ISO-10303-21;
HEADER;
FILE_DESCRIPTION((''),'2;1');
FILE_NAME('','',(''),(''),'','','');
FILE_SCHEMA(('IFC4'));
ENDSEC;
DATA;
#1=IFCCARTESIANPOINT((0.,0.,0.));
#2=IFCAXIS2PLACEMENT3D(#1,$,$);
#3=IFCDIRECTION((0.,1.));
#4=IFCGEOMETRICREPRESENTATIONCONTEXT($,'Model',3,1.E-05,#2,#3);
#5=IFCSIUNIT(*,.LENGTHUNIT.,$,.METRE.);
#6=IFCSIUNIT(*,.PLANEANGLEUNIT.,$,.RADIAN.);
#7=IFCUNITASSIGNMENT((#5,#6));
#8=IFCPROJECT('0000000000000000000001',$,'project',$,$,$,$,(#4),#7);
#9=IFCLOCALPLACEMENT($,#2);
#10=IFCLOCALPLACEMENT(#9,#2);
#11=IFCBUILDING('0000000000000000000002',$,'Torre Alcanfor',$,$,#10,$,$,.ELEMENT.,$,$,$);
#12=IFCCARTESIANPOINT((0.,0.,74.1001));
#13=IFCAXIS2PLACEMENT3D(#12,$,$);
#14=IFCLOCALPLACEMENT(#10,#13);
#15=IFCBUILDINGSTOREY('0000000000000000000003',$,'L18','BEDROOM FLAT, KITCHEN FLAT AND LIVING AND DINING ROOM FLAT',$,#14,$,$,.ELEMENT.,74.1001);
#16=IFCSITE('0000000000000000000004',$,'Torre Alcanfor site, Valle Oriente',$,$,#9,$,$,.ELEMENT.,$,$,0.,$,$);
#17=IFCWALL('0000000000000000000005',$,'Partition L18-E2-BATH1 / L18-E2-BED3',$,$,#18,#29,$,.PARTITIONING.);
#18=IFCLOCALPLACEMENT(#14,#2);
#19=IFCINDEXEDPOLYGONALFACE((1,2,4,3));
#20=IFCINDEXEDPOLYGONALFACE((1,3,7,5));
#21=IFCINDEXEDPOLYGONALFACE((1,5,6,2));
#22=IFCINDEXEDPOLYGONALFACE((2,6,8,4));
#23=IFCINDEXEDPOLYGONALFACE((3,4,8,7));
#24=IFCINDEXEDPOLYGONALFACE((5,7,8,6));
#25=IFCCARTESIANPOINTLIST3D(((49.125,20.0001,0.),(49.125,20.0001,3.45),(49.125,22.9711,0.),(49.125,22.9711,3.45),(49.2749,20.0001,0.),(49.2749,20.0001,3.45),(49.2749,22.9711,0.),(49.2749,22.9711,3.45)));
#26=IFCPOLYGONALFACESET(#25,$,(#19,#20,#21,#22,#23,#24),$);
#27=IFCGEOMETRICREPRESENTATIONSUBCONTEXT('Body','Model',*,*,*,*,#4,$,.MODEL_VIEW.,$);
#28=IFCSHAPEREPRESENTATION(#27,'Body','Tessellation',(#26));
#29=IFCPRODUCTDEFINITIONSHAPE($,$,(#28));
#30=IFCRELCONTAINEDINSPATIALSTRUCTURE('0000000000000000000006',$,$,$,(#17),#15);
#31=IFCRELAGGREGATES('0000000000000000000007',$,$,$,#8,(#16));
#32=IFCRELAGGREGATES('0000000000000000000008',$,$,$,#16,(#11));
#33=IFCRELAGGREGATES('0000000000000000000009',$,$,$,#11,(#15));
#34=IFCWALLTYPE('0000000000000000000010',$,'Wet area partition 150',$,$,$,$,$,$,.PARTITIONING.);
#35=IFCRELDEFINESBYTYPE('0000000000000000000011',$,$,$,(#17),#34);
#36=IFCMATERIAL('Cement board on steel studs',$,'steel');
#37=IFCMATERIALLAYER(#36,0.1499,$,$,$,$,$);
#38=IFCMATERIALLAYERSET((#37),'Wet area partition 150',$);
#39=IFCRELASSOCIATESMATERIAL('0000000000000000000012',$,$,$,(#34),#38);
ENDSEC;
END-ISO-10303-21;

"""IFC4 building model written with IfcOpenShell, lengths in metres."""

from ifc_helpers import new_model, si_unit, direction, frame, frame_2d, origin, place, context, subcontext, project, spatial, rectangle, extrude, material, layer, layer_set, type_object, element, save


model = new_model("IFC4")

# Units and contexts
model_context = context("Model", 3, precision=1e-05, world=origin(), true_north=direction((0.0, 1.0)))
body_context = subcontext(model_context, "Body", "Model", "MODEL_VIEW")
ifc_project = project(units=[si_unit("LENGTHUNIT", "METRE"), si_unit("PLANEANGLEUNIT", "RADIAN")], contexts=[model_context])

# Site, building, storey
site_placement = place(None, origin())
site = spatial("IfcSite", under=ifc_project, at=site_placement, Name="Torre Alcanfor site, Valle Oriente", CompositionType="ELEMENT", RefElevation=0.0)
building_placement = place(site_placement, origin())
building = spatial("IfcBuilding", under=site, at=building_placement, Name="Torre Alcanfor", CompositionType="ELEMENT")
storey_placement = place(building_placement, frame((0.0, 0.0, 74.1001)))
storey = spatial("IfcBuildingStorey", under=building, at=storey_placement, Name="L18", Description="BEDROOM FLAT, KITCHEN FLAT AND LIVING AND DINING ROOM FLAT", CompositionType="ELEMENT", Elevation=74.1001)

# Shared definitions
ifc_material_1 = material(Name="Cement board on steel studs", Category="steel")
ifc_layer_1 = layer(ifc_material_1, 0.1499)
ifc_layer_set_1 = layer_set([ifc_layer_1], Name="Wet area partition 150")
wall_type_1 = type_object("IfcWallType", Name="Wet area partition 150", PredefinedType="PARTITIONING", material=ifc_layer_set_1)

# Wall
for number, where, z_axis, x_axis, name in (
    (1, (49.2, 22.9709, 0.0), (0.0, 0.0, 1.0), (0.0, -1.0, 0.0), "Partition L18-E2-BATH1 / L18-E2-BED3"),
):
    element("IfcWall", number, at=place(storey_placement, frame(where, z_axis=z_axis, x_axis=x_axis)), inside=storey, type_object=wall_type_1, Name=name, PredefinedType="PARTITIONING", context=body_context, shape_type="SweptSolid", body=[
        extrude(rectangle(XDim=2.9709, YDim=0.1499, at=frame_2d((1.4854, 0.0))), origin(), (0.0, 0.0, 1.0), 3.45),
    ])

save(model, "model.ifc")
